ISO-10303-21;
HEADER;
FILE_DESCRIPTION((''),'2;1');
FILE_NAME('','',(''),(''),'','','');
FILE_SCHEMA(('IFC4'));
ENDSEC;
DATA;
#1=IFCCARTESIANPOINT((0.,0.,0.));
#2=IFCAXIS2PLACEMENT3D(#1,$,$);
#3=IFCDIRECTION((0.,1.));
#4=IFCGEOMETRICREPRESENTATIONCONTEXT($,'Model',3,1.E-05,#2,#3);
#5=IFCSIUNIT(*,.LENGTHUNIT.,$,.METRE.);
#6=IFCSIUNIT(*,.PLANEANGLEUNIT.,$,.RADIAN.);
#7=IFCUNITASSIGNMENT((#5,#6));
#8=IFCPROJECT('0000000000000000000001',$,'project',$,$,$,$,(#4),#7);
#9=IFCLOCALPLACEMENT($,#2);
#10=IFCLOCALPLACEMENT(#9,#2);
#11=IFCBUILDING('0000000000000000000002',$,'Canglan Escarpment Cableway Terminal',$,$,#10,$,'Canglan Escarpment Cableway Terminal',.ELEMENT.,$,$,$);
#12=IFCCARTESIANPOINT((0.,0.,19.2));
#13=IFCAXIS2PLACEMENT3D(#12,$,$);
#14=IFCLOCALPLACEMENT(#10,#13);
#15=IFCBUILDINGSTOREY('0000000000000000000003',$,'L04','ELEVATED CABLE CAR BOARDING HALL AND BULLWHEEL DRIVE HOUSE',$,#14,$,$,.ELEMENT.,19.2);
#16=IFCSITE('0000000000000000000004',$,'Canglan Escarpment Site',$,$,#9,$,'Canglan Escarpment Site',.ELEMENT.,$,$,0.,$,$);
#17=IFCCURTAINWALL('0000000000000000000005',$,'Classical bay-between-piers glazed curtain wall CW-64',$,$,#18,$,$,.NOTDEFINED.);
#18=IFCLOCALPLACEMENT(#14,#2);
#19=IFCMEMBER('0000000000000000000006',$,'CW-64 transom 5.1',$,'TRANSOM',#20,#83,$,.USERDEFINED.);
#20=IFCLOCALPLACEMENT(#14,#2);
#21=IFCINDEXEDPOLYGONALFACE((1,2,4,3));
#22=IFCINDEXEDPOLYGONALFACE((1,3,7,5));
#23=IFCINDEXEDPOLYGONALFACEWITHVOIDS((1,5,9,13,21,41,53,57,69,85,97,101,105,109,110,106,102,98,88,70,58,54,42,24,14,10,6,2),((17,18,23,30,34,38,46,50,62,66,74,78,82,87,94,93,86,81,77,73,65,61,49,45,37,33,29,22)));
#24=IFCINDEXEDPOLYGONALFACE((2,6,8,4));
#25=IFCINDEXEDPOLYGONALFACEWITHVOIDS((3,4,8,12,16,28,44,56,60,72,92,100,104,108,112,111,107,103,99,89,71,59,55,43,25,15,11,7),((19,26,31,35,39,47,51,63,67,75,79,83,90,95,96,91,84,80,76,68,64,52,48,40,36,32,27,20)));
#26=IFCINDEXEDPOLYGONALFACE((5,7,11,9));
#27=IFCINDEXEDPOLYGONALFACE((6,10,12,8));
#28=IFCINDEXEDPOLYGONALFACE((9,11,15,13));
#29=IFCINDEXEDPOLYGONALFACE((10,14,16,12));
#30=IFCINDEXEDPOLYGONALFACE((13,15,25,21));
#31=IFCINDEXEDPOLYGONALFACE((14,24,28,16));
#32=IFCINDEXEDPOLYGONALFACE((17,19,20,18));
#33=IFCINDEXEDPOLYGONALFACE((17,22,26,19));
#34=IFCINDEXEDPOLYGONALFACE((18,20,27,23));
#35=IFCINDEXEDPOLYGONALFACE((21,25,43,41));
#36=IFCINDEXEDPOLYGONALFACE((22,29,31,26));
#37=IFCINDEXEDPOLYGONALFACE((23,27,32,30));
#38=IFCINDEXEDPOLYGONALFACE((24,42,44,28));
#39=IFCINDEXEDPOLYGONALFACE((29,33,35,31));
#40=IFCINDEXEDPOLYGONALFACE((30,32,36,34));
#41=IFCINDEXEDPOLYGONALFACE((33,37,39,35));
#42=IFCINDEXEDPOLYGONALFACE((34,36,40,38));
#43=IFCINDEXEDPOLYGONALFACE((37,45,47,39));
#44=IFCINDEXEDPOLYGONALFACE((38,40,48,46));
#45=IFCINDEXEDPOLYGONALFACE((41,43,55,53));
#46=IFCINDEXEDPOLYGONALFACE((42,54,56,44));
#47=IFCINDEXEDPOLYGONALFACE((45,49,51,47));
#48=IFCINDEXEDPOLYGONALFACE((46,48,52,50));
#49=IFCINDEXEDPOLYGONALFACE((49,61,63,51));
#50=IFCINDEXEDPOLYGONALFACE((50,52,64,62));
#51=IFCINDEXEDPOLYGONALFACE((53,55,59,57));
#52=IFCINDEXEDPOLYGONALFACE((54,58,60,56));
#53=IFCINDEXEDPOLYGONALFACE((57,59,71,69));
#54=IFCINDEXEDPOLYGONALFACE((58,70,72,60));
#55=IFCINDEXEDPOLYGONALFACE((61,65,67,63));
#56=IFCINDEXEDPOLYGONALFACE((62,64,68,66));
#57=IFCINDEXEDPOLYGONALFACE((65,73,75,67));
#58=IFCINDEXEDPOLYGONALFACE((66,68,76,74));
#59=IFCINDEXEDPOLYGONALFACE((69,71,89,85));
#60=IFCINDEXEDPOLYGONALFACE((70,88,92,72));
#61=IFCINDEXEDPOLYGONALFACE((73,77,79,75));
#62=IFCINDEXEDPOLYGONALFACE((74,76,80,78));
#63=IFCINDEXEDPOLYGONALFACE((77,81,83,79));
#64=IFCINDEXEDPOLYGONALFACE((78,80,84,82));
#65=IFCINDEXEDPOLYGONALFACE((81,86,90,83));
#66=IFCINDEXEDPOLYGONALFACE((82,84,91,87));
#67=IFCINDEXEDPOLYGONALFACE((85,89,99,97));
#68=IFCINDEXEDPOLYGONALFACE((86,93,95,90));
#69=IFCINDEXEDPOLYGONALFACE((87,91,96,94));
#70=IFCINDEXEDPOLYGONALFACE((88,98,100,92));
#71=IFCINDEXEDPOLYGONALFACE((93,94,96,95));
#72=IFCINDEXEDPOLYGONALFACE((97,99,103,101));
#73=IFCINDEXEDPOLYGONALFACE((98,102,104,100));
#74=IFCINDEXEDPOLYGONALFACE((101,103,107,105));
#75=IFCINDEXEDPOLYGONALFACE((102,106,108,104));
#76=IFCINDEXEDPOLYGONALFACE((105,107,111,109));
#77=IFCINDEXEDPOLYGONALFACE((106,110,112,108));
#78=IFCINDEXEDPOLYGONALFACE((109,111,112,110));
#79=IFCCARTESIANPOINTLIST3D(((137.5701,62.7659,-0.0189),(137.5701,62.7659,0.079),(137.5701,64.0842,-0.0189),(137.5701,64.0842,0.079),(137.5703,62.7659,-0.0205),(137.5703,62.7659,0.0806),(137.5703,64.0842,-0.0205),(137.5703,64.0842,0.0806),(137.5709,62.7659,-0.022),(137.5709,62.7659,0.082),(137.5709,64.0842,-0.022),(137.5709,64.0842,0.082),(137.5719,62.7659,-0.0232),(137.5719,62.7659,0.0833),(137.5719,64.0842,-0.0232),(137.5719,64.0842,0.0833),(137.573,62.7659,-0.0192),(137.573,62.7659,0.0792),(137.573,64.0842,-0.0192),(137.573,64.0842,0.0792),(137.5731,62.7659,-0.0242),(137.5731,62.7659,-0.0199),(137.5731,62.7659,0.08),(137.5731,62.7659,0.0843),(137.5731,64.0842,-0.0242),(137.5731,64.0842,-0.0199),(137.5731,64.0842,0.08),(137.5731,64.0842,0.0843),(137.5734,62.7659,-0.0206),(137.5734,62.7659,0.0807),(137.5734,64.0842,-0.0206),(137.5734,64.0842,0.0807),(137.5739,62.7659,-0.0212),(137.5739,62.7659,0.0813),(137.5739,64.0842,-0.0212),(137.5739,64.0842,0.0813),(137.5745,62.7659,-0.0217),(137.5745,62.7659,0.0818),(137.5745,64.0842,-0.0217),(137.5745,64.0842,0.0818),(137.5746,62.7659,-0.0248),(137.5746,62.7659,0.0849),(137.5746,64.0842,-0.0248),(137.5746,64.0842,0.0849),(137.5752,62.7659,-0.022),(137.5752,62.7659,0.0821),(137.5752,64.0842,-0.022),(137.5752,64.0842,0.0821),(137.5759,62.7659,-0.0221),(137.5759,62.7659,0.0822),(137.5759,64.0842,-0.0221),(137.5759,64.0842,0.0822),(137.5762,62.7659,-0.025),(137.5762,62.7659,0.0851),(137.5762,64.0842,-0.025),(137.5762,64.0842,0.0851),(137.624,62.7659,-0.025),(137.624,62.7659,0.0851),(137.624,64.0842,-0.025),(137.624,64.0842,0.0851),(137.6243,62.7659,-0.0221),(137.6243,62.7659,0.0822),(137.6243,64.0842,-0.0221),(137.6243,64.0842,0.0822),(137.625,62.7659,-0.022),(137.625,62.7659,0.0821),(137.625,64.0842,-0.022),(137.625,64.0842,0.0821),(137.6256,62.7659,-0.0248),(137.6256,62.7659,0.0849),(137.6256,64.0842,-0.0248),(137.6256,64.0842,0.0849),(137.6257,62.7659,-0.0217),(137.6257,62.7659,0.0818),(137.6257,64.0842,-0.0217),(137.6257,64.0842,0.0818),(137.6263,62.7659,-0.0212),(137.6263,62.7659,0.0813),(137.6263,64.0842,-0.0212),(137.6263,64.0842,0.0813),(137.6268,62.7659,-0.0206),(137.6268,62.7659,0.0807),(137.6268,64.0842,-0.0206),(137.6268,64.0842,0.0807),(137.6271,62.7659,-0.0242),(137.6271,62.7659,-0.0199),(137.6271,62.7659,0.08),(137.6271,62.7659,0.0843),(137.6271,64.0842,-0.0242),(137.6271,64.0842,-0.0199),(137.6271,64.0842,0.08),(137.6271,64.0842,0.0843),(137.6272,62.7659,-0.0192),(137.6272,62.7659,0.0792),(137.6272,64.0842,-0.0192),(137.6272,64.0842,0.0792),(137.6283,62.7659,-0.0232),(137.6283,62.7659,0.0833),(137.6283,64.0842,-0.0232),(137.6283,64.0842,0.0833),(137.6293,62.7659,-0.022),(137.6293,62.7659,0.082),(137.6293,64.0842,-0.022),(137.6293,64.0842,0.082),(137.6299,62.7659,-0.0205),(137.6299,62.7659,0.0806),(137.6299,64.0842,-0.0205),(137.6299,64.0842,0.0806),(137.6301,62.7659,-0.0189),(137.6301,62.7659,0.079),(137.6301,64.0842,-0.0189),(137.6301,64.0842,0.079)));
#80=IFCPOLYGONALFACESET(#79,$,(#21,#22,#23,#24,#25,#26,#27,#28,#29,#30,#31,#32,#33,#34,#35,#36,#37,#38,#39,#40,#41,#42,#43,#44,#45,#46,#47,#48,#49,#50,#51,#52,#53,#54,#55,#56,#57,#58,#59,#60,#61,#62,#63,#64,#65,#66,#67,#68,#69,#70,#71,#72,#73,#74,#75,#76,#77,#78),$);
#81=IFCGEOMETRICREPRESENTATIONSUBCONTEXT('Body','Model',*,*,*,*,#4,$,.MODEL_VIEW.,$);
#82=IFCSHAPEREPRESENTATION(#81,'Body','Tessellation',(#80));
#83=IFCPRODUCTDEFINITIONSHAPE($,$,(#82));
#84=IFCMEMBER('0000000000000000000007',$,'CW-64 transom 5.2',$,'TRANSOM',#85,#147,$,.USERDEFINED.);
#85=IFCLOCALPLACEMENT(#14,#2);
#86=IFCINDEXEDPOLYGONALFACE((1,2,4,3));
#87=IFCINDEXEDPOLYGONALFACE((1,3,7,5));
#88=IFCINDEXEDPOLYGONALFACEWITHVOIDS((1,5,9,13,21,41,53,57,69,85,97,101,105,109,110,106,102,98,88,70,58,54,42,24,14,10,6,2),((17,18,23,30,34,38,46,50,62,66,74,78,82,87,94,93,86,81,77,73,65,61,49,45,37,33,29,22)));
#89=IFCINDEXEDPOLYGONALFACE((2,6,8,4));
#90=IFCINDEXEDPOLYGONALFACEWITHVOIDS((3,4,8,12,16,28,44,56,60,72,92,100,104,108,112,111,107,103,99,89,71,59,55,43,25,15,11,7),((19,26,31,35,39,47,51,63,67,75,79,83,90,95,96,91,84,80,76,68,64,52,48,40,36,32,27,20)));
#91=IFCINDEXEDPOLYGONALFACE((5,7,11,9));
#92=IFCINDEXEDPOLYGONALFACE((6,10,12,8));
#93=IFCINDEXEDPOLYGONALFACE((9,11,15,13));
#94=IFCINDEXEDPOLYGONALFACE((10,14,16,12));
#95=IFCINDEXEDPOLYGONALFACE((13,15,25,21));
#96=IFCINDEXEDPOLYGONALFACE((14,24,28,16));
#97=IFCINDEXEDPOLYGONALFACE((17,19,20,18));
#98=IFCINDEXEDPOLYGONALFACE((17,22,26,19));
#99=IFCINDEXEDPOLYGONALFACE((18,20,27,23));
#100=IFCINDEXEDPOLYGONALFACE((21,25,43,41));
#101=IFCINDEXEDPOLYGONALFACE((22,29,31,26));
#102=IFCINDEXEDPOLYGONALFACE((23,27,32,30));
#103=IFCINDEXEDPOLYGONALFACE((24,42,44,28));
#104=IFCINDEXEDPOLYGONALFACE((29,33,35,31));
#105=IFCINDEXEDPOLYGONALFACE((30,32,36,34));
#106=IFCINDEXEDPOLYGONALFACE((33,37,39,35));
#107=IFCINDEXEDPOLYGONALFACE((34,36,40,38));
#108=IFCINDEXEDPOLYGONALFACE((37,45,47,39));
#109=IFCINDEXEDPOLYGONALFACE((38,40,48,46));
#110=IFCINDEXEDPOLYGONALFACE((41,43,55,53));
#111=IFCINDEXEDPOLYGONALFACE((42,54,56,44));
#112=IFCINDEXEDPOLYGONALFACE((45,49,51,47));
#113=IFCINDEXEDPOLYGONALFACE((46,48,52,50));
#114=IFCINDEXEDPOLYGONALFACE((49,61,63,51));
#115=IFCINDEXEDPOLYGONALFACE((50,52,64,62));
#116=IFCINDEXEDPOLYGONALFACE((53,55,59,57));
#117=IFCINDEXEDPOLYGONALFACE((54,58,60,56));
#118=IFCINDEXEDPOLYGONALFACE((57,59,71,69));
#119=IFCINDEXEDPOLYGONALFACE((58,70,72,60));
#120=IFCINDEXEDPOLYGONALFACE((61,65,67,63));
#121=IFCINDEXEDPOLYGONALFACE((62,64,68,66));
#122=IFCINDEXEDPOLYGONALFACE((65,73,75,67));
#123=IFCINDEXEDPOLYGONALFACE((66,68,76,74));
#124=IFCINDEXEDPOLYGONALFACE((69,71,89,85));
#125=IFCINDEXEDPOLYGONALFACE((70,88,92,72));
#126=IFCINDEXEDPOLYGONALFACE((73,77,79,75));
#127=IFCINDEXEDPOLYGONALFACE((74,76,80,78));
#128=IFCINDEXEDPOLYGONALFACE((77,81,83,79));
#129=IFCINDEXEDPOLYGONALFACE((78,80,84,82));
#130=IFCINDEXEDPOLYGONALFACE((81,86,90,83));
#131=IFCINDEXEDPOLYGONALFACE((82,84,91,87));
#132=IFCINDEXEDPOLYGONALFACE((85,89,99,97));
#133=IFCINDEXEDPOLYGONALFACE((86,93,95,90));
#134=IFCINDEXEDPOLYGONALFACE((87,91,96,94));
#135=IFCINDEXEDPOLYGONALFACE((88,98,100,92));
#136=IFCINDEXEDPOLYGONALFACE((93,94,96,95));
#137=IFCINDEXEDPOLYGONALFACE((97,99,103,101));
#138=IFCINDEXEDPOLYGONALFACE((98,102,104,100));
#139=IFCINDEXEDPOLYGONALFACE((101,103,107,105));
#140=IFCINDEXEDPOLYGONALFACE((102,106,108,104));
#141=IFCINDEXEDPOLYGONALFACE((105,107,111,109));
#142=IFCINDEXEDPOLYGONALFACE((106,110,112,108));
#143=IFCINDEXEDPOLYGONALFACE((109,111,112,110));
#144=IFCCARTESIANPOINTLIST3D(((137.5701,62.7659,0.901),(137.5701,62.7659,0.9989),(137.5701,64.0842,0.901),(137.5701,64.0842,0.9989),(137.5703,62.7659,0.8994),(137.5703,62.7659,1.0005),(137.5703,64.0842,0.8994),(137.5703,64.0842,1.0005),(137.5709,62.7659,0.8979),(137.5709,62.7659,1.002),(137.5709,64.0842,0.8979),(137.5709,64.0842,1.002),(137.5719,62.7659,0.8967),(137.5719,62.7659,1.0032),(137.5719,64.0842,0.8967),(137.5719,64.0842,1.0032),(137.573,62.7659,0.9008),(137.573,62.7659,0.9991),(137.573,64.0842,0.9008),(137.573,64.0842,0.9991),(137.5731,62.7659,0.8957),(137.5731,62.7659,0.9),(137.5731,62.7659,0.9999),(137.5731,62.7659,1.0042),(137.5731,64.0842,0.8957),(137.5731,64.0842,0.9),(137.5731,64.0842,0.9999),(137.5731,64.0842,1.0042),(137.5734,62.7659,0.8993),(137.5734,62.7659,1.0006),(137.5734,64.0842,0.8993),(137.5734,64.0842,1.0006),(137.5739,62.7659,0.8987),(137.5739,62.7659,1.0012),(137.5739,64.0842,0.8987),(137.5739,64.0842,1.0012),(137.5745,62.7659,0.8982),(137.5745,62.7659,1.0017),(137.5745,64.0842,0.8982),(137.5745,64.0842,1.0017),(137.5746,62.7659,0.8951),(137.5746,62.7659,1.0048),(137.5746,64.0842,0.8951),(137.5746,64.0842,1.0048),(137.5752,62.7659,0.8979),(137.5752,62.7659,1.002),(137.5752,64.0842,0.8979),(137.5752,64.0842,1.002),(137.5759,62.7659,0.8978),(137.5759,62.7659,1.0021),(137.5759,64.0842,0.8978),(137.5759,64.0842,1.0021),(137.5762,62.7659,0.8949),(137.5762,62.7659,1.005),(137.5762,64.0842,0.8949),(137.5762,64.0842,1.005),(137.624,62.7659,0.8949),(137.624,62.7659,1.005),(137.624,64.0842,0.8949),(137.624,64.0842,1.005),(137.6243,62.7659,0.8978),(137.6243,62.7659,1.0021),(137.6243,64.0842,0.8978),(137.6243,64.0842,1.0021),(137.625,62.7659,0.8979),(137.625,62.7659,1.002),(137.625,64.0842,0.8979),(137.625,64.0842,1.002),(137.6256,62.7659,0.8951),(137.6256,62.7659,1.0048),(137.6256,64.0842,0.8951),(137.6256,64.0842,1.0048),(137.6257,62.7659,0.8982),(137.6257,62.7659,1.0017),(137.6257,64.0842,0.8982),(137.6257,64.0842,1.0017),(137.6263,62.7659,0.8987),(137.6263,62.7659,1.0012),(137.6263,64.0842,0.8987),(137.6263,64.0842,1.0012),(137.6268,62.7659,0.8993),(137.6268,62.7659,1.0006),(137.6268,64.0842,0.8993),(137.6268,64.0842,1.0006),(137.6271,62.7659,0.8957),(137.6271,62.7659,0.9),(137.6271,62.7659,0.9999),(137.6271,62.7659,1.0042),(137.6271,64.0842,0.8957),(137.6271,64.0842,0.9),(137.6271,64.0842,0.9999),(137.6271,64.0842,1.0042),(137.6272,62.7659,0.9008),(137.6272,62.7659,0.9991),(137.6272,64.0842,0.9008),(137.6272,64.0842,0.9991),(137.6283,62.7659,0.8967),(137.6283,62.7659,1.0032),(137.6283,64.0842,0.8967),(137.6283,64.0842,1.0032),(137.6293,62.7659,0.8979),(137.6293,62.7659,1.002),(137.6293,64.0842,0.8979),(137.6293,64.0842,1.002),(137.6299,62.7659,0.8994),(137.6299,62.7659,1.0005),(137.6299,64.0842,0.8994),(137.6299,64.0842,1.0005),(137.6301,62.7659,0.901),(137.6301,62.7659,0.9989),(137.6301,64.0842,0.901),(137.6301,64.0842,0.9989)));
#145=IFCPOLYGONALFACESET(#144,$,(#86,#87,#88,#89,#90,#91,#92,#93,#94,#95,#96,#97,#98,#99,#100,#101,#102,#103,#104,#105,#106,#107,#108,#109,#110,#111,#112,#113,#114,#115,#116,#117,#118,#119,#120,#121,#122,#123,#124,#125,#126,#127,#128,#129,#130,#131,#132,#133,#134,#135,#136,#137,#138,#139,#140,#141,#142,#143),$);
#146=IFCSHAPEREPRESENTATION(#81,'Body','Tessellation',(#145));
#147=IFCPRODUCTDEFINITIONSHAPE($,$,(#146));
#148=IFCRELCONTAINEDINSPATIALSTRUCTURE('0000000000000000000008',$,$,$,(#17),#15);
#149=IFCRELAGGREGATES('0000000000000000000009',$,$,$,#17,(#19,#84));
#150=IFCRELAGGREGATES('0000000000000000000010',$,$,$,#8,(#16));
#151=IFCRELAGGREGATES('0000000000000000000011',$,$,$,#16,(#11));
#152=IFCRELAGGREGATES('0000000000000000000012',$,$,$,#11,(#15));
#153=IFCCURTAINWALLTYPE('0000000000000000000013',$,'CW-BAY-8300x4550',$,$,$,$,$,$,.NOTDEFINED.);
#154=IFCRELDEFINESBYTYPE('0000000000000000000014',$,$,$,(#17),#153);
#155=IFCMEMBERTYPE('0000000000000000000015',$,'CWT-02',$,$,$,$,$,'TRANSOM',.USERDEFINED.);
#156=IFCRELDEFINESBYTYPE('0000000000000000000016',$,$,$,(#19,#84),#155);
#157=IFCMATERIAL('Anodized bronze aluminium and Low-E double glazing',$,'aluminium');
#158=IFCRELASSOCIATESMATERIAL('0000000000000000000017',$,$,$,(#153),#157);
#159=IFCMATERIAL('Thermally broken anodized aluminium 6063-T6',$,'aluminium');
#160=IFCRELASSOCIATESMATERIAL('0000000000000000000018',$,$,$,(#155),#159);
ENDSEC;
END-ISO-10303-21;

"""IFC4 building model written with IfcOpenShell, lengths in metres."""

from ifc_helpers import new_model, si_unit, direction, frame, origin, origin_2d, place, context, subcontext, project, spatial, hollow_rectangle, extrude, material, material_profile, profile_set, type_object, element, aggregate, save


model = new_model("IFC4")

# Units and contexts
model_context = context("Model", 3, precision=1e-05, world=origin(), true_north=direction((0.0, 1.0)))
body_context = subcontext(model_context, "Body", "Model", "MODEL_VIEW")
ifc_project = project(units=[si_unit("LENGTHUNIT", "METRE"), si_unit("PLANEANGLEUNIT", "RADIAN")], contexts=[model_context])

# Site, building, storey
site_placement = place(None, origin())
site = spatial("IfcSite", under=ifc_project, at=site_placement, Name="Canglan Escarpment Site", LongName="Canglan Escarpment Site", CompositionType="ELEMENT", RefElevation=0.0)
building_placement = place(site_placement, origin())
building = spatial("IfcBuilding", under=site, at=building_placement, Name="Canglan Escarpment Cableway Terminal", LongName="Canglan Escarpment Cableway Terminal", CompositionType="ELEMENT")
storey_placement = place(building_placement, frame((0.0, 0.0, 19.2)))
storey = spatial("IfcBuildingStorey", under=building, at=storey_placement, Name="L04", Description="ELEVATED CABLE CAR BOARDING HALL AND BULLWHEEL DRIVE HOUSE", CompositionType="ELEMENT", Elevation=19.2)

# Curtain wall
ifc_material_1 = material(Name="Anodized bronze aluminium and Low-E double glazing", Category="aluminium")
curtain_wall_type = type_object("IfcCurtainWallType", Name="CW-BAY-8300x4550", PredefinedType="NOTDEFINED", material=ifc_material_1)
ifc_material_2 = material(Name="Thermally broken anodized aluminium 6063-T6", Category="aluminium")
curtain_wall_1_placement = place(storey_placement, origin())
curtain_wall_1 = element("IfcCurtainWall", 1, at=curtain_wall_1_placement, inside=storey, type_object=curtain_wall_type, Name="Classical bay-between-piers glazed curtain wall CW-64", PredefinedType="NOTDEFINED")

# Members
ifc_material_profile_1 = material_profile(ifc_material_2, hollow_rectangle(XDim=0.0601, YDim=0.1101, WallThickness=0.0029, InnerFilletRadius=0.0029, OuterFilletRadius=0.0061, at=origin_2d()), Name="ALU-TRAN 60x110x3")
ifc_profile_set_1 = profile_set([ifc_material_profile_1], Name="Thermally broken anodized aluminium 6063-T6")
member_type_1 = type_object("IfcMemberType", Name="CWT-02", ElementType="TRANSOM", PredefinedType="USERDEFINED", material=ifc_profile_set_1)
member_1_placement = place(storey_placement, frame((137.6001, 64.0842, 0.03), z_axis=(0.0, -1.0, 0.0), x_axis=(1.0, 0.0, 0.0)))
member_1 = element("IfcMember", 2, at=member_1_placement, type_object=member_type_1, Name="CW-64 transom 5.1", ObjectType="TRANSOM", PredefinedType="USERDEFINED", context=body_context, shape_type="SweptSolid", body=[
    extrude(hollow_rectangle(XDim=0.0601, YDim=0.1101, WallThickness=0.0029, InnerFilletRadius=0.0029, OuterFilletRadius=0.0061, at=origin_2d()), origin(), (0.0, 0.0, 1.0), 1.3184),
])
member_2_placement = place(storey_placement, frame((137.6001, 64.0842, 0.95), z_axis=(0.0, -1.0, 0.0), x_axis=(1.0, 0.0, 0.0)))
member_2 = element("IfcMember", 3, at=member_2_placement, type_object=member_type_1, Name="CW-64 transom 5.2", ObjectType="TRANSOM", PredefinedType="USERDEFINED", context=body_context, shape_type="SweptSolid", body=[
    extrude(hollow_rectangle(XDim=0.0601, YDim=0.1101, WallThickness=0.0029, InnerFilletRadius=0.0029, OuterFilletRadius=0.0061, at=origin_2d()), origin(), (0.0, 0.0, 1.0), 1.3184),
])

aggregate(curtain_wall_1, [member_1, member_2])

save(model, "model.ifc")
